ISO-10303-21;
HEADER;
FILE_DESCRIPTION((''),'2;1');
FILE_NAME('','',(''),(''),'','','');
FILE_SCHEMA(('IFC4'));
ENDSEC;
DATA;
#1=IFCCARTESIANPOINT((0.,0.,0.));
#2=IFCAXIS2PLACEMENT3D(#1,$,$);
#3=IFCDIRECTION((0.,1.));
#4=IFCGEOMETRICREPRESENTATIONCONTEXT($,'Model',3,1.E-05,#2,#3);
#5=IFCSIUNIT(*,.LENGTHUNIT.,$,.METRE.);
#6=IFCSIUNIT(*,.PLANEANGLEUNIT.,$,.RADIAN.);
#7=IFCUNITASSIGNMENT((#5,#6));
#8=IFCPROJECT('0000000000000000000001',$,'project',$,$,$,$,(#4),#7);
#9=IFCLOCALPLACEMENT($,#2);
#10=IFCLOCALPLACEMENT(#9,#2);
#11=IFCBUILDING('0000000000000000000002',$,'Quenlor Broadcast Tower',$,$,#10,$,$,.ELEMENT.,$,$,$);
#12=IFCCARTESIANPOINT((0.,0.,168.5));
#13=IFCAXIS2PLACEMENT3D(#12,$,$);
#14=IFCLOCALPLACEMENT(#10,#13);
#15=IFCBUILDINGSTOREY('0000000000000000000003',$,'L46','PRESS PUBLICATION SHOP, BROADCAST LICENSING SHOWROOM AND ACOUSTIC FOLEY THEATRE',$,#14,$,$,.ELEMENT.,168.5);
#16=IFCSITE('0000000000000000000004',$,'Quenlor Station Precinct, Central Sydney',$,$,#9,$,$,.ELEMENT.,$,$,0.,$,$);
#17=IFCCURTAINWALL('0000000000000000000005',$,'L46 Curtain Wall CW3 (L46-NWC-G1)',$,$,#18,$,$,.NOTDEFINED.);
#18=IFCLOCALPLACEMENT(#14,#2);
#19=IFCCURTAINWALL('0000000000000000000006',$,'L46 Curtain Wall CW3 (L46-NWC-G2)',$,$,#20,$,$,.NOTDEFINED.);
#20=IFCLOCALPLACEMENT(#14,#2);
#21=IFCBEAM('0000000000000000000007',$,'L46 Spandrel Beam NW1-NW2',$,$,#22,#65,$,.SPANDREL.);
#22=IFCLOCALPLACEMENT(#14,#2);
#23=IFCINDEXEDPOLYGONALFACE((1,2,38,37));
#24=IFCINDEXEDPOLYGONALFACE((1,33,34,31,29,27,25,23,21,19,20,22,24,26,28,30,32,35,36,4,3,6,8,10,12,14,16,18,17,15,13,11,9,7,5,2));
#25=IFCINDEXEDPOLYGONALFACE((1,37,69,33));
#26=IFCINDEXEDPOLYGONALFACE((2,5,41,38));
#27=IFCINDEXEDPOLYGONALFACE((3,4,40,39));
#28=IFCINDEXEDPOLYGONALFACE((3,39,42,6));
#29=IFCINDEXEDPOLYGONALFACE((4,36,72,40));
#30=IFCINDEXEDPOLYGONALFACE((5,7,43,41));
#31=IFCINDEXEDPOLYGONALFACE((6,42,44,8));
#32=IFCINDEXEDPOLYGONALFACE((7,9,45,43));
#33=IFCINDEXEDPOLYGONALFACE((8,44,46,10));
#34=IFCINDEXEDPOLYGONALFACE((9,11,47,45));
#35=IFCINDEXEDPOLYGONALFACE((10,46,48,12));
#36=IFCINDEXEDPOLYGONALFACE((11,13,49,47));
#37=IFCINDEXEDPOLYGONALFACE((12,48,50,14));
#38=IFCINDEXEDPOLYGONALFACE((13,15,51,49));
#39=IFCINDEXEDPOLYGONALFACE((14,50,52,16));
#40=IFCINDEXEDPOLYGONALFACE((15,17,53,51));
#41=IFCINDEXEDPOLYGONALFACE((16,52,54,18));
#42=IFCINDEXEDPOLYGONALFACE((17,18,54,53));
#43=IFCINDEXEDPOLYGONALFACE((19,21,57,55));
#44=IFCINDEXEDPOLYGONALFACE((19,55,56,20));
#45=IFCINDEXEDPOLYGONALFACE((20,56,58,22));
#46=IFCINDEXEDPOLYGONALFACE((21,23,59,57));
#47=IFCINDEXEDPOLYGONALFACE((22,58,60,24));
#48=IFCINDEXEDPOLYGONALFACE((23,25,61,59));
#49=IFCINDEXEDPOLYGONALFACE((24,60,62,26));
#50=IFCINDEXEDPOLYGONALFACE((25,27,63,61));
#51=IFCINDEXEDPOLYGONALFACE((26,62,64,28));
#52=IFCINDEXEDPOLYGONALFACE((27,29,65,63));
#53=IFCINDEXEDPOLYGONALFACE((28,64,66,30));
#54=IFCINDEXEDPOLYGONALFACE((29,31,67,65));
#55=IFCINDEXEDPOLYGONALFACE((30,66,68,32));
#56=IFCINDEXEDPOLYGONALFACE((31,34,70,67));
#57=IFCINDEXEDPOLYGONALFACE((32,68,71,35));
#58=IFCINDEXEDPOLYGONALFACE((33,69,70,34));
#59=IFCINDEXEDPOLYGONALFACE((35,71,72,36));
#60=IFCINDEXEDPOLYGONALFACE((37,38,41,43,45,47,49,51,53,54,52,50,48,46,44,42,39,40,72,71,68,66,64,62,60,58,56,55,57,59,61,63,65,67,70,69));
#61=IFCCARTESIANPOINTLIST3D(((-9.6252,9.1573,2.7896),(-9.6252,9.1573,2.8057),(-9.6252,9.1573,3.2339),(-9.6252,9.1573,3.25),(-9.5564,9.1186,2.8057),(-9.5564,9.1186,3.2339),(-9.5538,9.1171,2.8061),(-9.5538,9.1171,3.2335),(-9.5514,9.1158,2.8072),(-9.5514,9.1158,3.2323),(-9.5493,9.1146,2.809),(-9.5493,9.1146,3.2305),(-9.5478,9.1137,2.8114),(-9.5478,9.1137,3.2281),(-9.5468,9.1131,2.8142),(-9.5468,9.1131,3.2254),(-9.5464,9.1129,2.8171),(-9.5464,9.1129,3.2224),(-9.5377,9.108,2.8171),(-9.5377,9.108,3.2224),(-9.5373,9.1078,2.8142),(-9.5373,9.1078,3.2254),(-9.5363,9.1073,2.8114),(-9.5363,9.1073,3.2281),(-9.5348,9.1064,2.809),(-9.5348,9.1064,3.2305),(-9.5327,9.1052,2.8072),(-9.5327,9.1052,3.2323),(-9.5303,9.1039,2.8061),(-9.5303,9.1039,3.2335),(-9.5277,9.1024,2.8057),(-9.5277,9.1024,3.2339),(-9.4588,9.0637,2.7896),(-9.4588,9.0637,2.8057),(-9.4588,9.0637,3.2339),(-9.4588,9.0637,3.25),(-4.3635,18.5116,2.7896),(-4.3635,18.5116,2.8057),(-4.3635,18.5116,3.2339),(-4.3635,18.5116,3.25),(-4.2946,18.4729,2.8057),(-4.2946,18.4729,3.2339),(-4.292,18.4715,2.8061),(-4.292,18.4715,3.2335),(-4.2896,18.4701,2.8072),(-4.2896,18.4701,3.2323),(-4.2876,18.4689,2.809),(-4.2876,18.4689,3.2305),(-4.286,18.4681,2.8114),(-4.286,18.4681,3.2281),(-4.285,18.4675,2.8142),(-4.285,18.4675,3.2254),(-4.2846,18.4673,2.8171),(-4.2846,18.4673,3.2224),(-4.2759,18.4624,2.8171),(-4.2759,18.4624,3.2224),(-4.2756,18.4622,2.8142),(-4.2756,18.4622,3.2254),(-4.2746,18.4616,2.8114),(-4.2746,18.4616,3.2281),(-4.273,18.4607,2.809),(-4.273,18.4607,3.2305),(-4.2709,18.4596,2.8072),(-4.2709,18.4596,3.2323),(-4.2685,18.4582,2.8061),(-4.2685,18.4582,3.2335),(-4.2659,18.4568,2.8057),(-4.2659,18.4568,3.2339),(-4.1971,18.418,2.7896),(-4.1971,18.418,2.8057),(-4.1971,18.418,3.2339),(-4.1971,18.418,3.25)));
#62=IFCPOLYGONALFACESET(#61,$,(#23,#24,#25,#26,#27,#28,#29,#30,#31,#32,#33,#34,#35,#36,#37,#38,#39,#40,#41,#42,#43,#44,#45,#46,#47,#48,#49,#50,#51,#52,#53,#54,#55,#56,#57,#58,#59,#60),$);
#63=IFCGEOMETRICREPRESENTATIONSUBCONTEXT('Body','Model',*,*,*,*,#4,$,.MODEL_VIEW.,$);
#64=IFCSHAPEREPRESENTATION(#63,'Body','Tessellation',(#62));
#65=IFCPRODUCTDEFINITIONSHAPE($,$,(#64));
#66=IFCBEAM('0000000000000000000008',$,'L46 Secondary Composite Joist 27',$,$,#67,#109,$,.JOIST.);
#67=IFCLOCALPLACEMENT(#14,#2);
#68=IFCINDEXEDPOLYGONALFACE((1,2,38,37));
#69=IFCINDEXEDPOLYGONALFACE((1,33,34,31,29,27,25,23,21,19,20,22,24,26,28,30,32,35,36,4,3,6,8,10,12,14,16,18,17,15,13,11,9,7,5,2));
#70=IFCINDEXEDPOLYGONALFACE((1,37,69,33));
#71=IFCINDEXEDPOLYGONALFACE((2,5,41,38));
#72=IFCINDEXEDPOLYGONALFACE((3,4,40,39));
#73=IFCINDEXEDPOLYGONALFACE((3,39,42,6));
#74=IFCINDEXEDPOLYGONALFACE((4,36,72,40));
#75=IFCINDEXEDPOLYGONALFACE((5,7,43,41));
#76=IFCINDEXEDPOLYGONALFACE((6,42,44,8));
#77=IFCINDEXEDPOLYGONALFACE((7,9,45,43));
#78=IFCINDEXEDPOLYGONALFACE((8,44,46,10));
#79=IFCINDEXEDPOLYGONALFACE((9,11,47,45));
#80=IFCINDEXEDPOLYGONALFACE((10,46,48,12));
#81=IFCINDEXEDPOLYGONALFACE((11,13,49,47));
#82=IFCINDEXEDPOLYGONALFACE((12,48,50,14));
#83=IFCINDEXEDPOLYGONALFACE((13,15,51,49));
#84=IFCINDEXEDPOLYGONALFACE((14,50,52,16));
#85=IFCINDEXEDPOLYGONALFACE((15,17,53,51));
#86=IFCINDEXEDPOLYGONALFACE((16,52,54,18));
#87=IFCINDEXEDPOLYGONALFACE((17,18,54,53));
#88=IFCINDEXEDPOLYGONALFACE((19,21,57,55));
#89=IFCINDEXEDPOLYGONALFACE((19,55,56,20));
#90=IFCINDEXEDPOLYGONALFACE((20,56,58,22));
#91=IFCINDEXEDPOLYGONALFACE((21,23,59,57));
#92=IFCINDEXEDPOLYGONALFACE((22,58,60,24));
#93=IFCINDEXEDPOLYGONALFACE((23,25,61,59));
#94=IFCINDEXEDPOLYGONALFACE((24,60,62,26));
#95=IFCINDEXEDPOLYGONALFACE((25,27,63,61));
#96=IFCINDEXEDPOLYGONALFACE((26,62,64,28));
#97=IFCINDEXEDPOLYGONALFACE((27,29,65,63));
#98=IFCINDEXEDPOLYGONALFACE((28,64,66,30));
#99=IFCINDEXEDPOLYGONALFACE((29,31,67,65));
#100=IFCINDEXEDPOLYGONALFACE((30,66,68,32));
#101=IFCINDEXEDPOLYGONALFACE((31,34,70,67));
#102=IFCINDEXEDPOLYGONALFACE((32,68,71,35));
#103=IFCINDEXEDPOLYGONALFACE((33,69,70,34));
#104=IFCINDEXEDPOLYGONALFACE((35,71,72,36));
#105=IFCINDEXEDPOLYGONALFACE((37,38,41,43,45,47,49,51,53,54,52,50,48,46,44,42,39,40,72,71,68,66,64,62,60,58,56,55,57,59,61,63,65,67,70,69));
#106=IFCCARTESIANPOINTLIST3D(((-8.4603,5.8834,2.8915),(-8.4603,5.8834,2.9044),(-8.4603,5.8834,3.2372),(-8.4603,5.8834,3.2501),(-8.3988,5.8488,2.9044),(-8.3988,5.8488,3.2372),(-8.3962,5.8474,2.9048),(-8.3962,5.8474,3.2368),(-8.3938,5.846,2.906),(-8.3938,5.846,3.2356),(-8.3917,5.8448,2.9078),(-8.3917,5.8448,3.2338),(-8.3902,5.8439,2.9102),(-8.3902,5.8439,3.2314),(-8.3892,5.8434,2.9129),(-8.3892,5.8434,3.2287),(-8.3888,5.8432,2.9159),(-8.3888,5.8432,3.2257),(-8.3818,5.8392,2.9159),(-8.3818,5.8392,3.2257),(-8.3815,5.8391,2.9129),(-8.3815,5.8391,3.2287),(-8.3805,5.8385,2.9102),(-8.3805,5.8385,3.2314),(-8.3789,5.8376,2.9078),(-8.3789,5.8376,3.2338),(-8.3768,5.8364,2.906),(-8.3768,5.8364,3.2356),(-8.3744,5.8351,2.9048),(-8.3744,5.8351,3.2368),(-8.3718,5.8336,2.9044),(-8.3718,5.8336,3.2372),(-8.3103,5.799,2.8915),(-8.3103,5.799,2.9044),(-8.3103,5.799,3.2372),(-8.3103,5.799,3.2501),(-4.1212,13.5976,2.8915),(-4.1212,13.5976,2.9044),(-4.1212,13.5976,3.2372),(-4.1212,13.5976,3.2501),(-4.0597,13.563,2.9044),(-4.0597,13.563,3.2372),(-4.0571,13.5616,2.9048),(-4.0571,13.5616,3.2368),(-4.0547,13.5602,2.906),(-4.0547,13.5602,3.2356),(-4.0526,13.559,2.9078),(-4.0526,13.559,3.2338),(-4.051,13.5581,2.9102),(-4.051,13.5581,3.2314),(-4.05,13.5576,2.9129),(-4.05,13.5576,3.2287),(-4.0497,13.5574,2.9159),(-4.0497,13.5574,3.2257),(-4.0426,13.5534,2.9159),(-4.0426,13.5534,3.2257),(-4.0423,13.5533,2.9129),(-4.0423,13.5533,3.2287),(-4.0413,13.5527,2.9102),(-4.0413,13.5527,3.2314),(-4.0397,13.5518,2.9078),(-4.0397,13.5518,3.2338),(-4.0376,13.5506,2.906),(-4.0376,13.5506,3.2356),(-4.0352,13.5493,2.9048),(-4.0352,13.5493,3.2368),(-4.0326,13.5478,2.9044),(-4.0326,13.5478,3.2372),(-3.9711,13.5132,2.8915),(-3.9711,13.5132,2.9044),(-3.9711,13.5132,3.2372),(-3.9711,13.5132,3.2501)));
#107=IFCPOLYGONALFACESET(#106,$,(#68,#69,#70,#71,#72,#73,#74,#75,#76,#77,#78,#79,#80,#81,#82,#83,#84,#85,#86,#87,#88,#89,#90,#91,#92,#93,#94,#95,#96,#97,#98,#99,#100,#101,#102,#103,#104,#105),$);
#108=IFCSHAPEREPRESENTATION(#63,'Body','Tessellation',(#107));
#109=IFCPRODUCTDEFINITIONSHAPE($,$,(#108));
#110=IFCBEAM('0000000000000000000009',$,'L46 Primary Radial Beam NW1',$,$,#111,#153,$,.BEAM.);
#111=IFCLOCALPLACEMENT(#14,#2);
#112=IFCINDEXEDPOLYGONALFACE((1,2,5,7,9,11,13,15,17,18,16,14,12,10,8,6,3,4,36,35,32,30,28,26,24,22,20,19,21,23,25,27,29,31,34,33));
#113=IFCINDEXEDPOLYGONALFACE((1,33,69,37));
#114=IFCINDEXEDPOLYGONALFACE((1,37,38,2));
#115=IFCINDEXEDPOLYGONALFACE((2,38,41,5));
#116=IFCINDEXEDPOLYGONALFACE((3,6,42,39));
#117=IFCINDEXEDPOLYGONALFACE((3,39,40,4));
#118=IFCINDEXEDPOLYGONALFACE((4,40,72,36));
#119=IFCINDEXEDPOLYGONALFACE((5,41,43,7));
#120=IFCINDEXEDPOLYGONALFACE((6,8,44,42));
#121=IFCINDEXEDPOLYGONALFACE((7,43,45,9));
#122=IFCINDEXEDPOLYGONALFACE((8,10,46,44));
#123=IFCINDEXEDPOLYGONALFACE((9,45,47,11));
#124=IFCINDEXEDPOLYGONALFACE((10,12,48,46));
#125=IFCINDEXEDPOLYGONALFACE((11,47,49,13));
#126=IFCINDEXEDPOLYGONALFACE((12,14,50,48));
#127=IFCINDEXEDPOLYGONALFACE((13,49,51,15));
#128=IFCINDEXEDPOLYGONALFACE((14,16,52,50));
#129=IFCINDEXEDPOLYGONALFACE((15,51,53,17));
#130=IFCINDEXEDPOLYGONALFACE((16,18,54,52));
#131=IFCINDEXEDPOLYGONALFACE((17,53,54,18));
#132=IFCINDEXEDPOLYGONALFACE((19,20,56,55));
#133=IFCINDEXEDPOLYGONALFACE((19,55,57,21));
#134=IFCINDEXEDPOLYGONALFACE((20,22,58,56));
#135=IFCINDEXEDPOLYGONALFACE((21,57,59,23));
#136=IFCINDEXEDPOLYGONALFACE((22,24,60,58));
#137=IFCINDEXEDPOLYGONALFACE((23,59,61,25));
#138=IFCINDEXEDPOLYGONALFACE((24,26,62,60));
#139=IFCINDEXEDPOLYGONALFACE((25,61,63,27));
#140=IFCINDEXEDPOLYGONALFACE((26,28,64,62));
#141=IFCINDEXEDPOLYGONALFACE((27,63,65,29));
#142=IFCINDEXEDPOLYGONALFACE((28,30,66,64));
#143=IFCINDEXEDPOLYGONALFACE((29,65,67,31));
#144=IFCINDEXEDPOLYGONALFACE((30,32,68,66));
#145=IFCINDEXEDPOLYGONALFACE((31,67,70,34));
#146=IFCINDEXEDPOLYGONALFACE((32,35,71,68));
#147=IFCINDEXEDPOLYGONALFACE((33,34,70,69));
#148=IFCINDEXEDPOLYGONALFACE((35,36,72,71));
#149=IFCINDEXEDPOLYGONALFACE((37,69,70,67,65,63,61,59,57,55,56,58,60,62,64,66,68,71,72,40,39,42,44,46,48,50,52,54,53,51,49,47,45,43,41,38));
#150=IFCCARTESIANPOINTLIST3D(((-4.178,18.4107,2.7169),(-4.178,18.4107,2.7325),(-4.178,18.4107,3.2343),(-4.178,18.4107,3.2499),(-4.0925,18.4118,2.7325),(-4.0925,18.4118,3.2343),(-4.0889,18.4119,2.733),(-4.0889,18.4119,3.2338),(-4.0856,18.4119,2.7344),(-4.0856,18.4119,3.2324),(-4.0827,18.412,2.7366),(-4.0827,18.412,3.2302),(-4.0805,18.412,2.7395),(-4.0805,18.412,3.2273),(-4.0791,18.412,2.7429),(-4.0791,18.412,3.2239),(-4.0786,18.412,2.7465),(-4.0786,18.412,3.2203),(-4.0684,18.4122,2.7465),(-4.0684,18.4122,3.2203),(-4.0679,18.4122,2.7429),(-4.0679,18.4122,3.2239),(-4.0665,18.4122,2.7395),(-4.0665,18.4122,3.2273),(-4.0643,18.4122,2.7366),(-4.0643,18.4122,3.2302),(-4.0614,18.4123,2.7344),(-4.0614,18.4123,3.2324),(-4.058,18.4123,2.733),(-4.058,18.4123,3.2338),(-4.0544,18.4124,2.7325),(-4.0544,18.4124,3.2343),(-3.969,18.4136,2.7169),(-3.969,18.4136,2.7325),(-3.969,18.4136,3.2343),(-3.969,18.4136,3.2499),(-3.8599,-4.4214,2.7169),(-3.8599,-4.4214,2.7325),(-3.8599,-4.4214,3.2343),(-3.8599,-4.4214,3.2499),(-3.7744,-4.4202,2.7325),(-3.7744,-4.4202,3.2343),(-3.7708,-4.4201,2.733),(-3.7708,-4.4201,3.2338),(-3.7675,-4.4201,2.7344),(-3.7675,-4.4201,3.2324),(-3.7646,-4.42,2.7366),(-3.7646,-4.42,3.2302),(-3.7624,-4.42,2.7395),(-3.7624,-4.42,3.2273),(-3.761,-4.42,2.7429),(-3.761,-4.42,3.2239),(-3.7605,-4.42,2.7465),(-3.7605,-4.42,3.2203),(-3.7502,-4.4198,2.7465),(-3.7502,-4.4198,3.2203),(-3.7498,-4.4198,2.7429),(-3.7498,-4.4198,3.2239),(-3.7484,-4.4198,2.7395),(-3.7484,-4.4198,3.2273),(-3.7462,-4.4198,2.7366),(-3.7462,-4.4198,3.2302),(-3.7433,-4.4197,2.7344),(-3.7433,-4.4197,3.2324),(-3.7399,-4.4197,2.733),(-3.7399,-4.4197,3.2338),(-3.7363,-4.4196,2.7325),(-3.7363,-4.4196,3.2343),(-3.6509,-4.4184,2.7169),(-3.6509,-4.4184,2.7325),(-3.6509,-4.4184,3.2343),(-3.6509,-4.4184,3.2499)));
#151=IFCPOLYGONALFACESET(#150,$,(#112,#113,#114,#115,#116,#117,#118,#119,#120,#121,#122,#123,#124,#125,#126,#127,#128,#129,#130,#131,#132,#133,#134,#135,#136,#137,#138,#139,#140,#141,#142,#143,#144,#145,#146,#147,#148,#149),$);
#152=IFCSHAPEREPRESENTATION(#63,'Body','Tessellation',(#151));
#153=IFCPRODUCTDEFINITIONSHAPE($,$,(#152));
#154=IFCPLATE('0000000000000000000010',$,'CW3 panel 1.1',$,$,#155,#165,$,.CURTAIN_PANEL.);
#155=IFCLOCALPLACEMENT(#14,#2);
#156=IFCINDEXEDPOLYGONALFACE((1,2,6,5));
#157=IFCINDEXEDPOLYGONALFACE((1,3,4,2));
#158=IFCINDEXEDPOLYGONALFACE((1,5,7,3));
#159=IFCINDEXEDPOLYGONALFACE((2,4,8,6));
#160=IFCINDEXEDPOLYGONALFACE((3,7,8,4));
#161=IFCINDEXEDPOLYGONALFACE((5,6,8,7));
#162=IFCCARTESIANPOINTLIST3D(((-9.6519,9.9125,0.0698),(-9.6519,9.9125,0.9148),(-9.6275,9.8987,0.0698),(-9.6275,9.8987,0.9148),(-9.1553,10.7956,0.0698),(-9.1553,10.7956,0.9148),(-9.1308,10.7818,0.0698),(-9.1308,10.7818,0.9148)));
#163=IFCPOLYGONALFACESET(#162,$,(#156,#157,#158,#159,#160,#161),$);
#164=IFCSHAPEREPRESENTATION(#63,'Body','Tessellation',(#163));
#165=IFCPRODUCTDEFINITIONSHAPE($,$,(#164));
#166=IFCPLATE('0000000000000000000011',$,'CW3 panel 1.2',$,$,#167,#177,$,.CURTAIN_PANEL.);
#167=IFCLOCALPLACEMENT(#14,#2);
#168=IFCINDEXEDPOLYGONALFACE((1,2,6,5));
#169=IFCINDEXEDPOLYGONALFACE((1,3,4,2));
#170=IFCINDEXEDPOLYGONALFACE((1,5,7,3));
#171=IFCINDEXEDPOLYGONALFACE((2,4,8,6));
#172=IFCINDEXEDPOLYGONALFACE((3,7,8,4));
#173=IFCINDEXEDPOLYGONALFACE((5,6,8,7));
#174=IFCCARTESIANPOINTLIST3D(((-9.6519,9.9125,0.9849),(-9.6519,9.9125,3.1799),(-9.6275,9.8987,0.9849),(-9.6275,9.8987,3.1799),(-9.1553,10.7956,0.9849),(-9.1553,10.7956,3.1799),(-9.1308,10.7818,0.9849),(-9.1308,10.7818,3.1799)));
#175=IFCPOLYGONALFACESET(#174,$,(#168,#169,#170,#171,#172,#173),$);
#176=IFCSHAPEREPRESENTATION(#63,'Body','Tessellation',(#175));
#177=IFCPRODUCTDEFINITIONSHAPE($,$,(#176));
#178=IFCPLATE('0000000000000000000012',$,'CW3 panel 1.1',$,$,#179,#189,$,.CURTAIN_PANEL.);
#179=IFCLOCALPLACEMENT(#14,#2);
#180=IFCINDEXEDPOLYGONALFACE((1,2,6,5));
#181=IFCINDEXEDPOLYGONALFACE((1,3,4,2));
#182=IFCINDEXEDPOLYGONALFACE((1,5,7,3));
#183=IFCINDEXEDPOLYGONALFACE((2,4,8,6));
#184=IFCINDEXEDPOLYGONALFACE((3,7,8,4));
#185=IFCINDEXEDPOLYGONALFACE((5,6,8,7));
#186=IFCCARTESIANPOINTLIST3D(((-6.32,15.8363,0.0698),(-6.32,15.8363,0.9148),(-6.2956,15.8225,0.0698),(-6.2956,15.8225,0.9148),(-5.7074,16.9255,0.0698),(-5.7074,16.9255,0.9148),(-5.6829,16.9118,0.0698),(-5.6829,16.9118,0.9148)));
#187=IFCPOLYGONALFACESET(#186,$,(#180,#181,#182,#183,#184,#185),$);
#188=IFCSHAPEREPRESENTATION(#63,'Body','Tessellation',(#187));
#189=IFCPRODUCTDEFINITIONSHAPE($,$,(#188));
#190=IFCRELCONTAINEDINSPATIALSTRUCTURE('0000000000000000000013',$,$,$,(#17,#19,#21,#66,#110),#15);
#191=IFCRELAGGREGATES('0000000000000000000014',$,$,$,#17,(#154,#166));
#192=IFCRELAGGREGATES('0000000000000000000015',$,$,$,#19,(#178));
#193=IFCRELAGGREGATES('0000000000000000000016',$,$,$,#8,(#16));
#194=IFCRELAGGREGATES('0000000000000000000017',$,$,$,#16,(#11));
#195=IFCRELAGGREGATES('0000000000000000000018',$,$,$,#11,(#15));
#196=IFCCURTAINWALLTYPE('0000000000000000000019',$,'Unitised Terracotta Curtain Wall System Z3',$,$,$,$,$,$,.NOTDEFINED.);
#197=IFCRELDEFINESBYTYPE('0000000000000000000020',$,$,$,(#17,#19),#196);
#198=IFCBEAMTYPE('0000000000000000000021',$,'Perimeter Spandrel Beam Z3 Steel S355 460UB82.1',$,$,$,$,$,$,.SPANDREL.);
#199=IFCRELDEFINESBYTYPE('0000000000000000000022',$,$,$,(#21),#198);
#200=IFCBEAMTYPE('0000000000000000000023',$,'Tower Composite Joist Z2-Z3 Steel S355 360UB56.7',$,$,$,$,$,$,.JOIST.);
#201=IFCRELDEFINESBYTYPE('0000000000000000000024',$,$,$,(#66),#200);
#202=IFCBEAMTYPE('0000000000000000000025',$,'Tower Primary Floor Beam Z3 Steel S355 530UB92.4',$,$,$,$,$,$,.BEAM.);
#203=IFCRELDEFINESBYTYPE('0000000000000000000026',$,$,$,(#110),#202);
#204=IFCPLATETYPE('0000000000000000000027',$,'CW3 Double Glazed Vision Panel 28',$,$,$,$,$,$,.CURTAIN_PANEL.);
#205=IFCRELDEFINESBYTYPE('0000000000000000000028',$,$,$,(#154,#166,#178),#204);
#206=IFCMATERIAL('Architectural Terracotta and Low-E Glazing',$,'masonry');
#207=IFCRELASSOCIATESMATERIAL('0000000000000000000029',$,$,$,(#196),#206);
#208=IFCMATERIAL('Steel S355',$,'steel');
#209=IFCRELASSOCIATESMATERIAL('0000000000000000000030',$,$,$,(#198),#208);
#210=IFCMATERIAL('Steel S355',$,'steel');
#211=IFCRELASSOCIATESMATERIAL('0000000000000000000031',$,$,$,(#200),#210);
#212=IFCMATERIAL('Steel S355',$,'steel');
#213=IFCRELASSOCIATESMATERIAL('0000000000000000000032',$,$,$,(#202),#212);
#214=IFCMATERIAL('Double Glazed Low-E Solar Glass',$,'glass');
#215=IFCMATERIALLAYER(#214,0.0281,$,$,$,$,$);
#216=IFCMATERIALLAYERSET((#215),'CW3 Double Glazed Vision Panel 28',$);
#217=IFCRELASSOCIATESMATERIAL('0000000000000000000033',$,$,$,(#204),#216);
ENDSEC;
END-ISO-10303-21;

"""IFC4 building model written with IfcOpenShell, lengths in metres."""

from ifc_helpers import new_model, si_unit, direction, frame, origin, origin_2d, place, context, subcontext, project, spatial, rectangle, i_section, extrude, material, layer, layer_set, material_profile, profile_set, type_object, element, aggregate, save


model = new_model("IFC4")

# Units and contexts
model_context = context("Model", 3, precision=1e-05, world=origin(), true_north=direction((0.0, 1.0)))
body_context = subcontext(model_context, "Body", "Model", "MODEL_VIEW")
ifc_project = project(units=[si_unit("LENGTHUNIT", "METRE"), si_unit("PLANEANGLEUNIT", "RADIAN")], contexts=[model_context])

# Site, building, storey
site_placement = place(None, origin())
site = spatial("IfcSite", under=ifc_project, at=site_placement, Name="Quenlor Station Precinct, Central Sydney", CompositionType="ELEMENT", RefElevation=0.0)
building_placement = place(site_placement, origin())
building = spatial("IfcBuilding", under=site, at=building_placement, Name="Quenlor Broadcast Tower", CompositionType="ELEMENT")
storey_placement = place(building_placement, frame((0.0, 0.0, 168.5)))
storey = spatial("IfcBuildingStorey", under=building, at=storey_placement, Name="L46", Description="PRESS PUBLICATION SHOP, BROADCAST LICENSING SHOWROOM AND ACOUSTIC FOLEY THEATRE", CompositionType="ELEMENT", Elevation=168.5)

# Curtain wall
ifc_material_1 = material(Name="Architectural Terracotta and Low-E Glazing", Category="masonry")
curtain_wall_type = type_object("IfcCurtainWallType", Name="Unitised Terracotta Curtain Wall System Z3", PredefinedType="NOTDEFINED", material=ifc_material_1)
curtain_wall_1_placement = place(storey_placement, origin())
curtain_wall_1 = element("IfcCurtainWall", 1, at=curtain_wall_1_placement, inside=storey, type_object=curtain_wall_type, Name="L46 Curtain Wall CW3 (L46-NWC-G1)", PredefinedType="NOTDEFINED")

# Curtain wall
curtain_wall_2_placement = place(storey_placement, origin())
curtain_wall_2 = element("IfcCurtainWall", 2, at=curtain_wall_2_placement, inside=storey, type_object=curtain_wall_type, Name="L46 Curtain Wall CW3 (L46-NWC-G2)", PredefinedType="NOTDEFINED")

# Beams
ifc_material_2 = material(Name="Steel S355", Category="steel")
ifc_material_profile_1 = material_profile(ifc_material_2, i_section(OverallWidth=0.1909, OverallDepth=0.4604, WebThickness=0.01, FlangeThickness=0.0161, FilletRadius=0.0115, at=origin_2d()))
ifc_profile_set_1 = profile_set([ifc_material_profile_1], Name="Steel S355 460UB82.1")
beam_type_1 = type_object("IfcBeamType", Name="Perimeter Spandrel Beam Z3 Steel S355 460UB82.1", PredefinedType="SPANDREL", material=ifc_profile_set_1)
beam_1_placement = place(storey_placement, frame((-4.2803, 18.4648, 3.0198), z_axis=(-0.490258, -0.871577, 0.0), x_axis=(0.871577, -0.490258, 0.0)))
element("IfcBeam", 3, at=beam_1_placement, inside=storey, type_object=beam_type_1, Name="L46 Spandrel Beam NW1-NW2", PredefinedType="SPANDREL", context=body_context, shape_type="SweptSolid", body=[
    extrude(i_section(OverallWidth=0.1909, OverallDepth=0.4604, WebThickness=0.01, FlangeThickness=0.0161, FilletRadius=0.0115, at=origin_2d()), origin(), (0.0, 0.0, 1.0), 10.7327),
])
ifc_material_3 = material(Name="Steel S355", Category="steel")
ifc_material_profile_2 = material_profile(ifc_material_3, i_section(OverallWidth=0.1721, OverallDepth=0.3586, WebThickness=0.0081, FlangeThickness=0.0129, FilletRadius=0.0115, at=origin_2d()))
ifc_profile_set_2 = profile_set([ifc_material_profile_2], Name="Steel S355 360UB56.7")
beam_type_2 = type_object("IfcBeamType", Name="Tower Composite Joist Z2-Z3 Steel S355 360UB56.7", PredefinedType="JOIST", material=ifc_profile_set_2)
beam_2_placement = place(storey_placement, frame((-4.0461, 13.5554, 3.0708), z_axis=(-0.490255, -0.871579, 0.0), x_axis=(0.871579, -0.490255, 0.0)))
element("IfcBeam", 4, at=beam_2_placement, inside=storey, type_object=beam_type_2, Name="L46 Secondary Composite Joist 27", PredefinedType="JOIST", context=body_context, shape_type="SweptSolid", body=[
    extrude(i_section(OverallWidth=0.1721, OverallDepth=0.3586, WebThickness=0.0081, FlangeThickness=0.0129, FilletRadius=0.0115, at=origin_2d()), origin(), (0.0, 0.0, 1.0), 8.8508),
])
ifc_material_4 = material(Name="Steel S355", Category="steel")
ifc_material_profile_3 = material_profile(ifc_material_4, i_section(OverallWidth=0.209, OverallDepth=0.533, WebThickness=0.0103, FlangeThickness=0.0156, FilletRadius=0.0139, at=origin_2d()))
ifc_profile_set_3 = profile_set([ifc_material_profile_3], Name="Steel S355 530UB92.4")
beam_type_3 = type_object("IfcBeamType", Name="Tower Primary Floor Beam Z3 Steel S355 530UB92.4", PredefinedType="BEAM", material=ifc_profile_set_3)
beam_3_placement = place(storey_placement, frame((-4.0735, 18.4121, 2.9834), z_axis=(0.013931, -0.999903, 0.0), x_axis=(0.999903, 0.013931, 0.0)))
element("IfcBeam", 5, at=beam_3_placement, inside=storey, type_object=beam_type_3, Name="L46 Primary Radial Beam NW1", PredefinedType="BEAM", context=body_context, shape_type="SweptSolid", body=[
    extrude(i_section(OverallWidth=0.209, OverallDepth=0.533, WebThickness=0.0103, FlangeThickness=0.0156, FilletRadius=0.0139, at=origin_2d()), origin(), (0.0, 0.0, 1.0), 22.8342),
])

# Plates
ifc_material_5 = material(Name="Double Glazed Low-E Solar Glass", Category="glass")
ifc_layer_1 = layer(ifc_material_5, 0.0281)
ifc_layer_set_1 = layer_set([ifc_layer_1], Name="CW3 Double Glazed Vision Panel 28")
plate_type_1 = type_object("IfcPlateType", Name="CW3 Double Glazed Vision Panel 28", PredefinedType="CURTAIN_PANEL", material=ifc_layer_set_1)
plate_1_placement = place(storey_placement, frame((-9.3914, 10.3472, 0.0698), z_axis=(0.0, 0.0, 1.0), x_axis=(0.490216, 0.871601, 0.0)))
plate_1 = element("IfcPlate", 6, at=plate_1_placement, type_object=plate_type_1, Name="CW3 panel 1.1", PredefinedType="CURTAIN_PANEL", context=body_context, shape_type="SweptSolid", body=[
    extrude(rectangle(XDim=1.0132, YDim=0.0281, at=origin_2d()), origin(), (0.0, 0.0, 1.0), 0.845),
])
plate_2_placement = place(storey_placement, frame((-9.3914, 10.3472, 0.9849), z_axis=(0.0, 0.0, 1.0), x_axis=(0.490216, 0.871601, 0.0)))
plate_2 = element("IfcPlate", 7, at=plate_2_placement, type_object=plate_type_1, Name="CW3 panel 1.2", PredefinedType="CURTAIN_PANEL", context=body_context, shape_type="SweptSolid", body=[
    extrude(rectangle(XDim=1.0132, YDim=0.0281, at=origin_2d()), origin(), (0.0, 0.0, 1.0), 2.1951),
])
aggregate(curtain_wall_1, [plate_1, plate_2])
plate_3_placement = place(storey_placement, frame((-6.0015, 16.374, 0.0698), z_axis=(0.0, 0.0, 1.0), x_axis=(0.49023, 0.871593, 0.0)))
plate_3 = element("IfcPlate", 8, at=plate_3_placement, type_object=plate_type_1, Name="CW3 panel 1.1", PredefinedType="CURTAIN_PANEL", context=body_context, shape_type="SweptSolid", body=[
    extrude(rectangle(XDim=1.2498, YDim=0.0281, at=origin_2d()), origin(), (0.0, 0.0, 1.0), 0.845),
])
aggregate(curtain_wall_2, [plate_3])

save(model, "model.ifc")
